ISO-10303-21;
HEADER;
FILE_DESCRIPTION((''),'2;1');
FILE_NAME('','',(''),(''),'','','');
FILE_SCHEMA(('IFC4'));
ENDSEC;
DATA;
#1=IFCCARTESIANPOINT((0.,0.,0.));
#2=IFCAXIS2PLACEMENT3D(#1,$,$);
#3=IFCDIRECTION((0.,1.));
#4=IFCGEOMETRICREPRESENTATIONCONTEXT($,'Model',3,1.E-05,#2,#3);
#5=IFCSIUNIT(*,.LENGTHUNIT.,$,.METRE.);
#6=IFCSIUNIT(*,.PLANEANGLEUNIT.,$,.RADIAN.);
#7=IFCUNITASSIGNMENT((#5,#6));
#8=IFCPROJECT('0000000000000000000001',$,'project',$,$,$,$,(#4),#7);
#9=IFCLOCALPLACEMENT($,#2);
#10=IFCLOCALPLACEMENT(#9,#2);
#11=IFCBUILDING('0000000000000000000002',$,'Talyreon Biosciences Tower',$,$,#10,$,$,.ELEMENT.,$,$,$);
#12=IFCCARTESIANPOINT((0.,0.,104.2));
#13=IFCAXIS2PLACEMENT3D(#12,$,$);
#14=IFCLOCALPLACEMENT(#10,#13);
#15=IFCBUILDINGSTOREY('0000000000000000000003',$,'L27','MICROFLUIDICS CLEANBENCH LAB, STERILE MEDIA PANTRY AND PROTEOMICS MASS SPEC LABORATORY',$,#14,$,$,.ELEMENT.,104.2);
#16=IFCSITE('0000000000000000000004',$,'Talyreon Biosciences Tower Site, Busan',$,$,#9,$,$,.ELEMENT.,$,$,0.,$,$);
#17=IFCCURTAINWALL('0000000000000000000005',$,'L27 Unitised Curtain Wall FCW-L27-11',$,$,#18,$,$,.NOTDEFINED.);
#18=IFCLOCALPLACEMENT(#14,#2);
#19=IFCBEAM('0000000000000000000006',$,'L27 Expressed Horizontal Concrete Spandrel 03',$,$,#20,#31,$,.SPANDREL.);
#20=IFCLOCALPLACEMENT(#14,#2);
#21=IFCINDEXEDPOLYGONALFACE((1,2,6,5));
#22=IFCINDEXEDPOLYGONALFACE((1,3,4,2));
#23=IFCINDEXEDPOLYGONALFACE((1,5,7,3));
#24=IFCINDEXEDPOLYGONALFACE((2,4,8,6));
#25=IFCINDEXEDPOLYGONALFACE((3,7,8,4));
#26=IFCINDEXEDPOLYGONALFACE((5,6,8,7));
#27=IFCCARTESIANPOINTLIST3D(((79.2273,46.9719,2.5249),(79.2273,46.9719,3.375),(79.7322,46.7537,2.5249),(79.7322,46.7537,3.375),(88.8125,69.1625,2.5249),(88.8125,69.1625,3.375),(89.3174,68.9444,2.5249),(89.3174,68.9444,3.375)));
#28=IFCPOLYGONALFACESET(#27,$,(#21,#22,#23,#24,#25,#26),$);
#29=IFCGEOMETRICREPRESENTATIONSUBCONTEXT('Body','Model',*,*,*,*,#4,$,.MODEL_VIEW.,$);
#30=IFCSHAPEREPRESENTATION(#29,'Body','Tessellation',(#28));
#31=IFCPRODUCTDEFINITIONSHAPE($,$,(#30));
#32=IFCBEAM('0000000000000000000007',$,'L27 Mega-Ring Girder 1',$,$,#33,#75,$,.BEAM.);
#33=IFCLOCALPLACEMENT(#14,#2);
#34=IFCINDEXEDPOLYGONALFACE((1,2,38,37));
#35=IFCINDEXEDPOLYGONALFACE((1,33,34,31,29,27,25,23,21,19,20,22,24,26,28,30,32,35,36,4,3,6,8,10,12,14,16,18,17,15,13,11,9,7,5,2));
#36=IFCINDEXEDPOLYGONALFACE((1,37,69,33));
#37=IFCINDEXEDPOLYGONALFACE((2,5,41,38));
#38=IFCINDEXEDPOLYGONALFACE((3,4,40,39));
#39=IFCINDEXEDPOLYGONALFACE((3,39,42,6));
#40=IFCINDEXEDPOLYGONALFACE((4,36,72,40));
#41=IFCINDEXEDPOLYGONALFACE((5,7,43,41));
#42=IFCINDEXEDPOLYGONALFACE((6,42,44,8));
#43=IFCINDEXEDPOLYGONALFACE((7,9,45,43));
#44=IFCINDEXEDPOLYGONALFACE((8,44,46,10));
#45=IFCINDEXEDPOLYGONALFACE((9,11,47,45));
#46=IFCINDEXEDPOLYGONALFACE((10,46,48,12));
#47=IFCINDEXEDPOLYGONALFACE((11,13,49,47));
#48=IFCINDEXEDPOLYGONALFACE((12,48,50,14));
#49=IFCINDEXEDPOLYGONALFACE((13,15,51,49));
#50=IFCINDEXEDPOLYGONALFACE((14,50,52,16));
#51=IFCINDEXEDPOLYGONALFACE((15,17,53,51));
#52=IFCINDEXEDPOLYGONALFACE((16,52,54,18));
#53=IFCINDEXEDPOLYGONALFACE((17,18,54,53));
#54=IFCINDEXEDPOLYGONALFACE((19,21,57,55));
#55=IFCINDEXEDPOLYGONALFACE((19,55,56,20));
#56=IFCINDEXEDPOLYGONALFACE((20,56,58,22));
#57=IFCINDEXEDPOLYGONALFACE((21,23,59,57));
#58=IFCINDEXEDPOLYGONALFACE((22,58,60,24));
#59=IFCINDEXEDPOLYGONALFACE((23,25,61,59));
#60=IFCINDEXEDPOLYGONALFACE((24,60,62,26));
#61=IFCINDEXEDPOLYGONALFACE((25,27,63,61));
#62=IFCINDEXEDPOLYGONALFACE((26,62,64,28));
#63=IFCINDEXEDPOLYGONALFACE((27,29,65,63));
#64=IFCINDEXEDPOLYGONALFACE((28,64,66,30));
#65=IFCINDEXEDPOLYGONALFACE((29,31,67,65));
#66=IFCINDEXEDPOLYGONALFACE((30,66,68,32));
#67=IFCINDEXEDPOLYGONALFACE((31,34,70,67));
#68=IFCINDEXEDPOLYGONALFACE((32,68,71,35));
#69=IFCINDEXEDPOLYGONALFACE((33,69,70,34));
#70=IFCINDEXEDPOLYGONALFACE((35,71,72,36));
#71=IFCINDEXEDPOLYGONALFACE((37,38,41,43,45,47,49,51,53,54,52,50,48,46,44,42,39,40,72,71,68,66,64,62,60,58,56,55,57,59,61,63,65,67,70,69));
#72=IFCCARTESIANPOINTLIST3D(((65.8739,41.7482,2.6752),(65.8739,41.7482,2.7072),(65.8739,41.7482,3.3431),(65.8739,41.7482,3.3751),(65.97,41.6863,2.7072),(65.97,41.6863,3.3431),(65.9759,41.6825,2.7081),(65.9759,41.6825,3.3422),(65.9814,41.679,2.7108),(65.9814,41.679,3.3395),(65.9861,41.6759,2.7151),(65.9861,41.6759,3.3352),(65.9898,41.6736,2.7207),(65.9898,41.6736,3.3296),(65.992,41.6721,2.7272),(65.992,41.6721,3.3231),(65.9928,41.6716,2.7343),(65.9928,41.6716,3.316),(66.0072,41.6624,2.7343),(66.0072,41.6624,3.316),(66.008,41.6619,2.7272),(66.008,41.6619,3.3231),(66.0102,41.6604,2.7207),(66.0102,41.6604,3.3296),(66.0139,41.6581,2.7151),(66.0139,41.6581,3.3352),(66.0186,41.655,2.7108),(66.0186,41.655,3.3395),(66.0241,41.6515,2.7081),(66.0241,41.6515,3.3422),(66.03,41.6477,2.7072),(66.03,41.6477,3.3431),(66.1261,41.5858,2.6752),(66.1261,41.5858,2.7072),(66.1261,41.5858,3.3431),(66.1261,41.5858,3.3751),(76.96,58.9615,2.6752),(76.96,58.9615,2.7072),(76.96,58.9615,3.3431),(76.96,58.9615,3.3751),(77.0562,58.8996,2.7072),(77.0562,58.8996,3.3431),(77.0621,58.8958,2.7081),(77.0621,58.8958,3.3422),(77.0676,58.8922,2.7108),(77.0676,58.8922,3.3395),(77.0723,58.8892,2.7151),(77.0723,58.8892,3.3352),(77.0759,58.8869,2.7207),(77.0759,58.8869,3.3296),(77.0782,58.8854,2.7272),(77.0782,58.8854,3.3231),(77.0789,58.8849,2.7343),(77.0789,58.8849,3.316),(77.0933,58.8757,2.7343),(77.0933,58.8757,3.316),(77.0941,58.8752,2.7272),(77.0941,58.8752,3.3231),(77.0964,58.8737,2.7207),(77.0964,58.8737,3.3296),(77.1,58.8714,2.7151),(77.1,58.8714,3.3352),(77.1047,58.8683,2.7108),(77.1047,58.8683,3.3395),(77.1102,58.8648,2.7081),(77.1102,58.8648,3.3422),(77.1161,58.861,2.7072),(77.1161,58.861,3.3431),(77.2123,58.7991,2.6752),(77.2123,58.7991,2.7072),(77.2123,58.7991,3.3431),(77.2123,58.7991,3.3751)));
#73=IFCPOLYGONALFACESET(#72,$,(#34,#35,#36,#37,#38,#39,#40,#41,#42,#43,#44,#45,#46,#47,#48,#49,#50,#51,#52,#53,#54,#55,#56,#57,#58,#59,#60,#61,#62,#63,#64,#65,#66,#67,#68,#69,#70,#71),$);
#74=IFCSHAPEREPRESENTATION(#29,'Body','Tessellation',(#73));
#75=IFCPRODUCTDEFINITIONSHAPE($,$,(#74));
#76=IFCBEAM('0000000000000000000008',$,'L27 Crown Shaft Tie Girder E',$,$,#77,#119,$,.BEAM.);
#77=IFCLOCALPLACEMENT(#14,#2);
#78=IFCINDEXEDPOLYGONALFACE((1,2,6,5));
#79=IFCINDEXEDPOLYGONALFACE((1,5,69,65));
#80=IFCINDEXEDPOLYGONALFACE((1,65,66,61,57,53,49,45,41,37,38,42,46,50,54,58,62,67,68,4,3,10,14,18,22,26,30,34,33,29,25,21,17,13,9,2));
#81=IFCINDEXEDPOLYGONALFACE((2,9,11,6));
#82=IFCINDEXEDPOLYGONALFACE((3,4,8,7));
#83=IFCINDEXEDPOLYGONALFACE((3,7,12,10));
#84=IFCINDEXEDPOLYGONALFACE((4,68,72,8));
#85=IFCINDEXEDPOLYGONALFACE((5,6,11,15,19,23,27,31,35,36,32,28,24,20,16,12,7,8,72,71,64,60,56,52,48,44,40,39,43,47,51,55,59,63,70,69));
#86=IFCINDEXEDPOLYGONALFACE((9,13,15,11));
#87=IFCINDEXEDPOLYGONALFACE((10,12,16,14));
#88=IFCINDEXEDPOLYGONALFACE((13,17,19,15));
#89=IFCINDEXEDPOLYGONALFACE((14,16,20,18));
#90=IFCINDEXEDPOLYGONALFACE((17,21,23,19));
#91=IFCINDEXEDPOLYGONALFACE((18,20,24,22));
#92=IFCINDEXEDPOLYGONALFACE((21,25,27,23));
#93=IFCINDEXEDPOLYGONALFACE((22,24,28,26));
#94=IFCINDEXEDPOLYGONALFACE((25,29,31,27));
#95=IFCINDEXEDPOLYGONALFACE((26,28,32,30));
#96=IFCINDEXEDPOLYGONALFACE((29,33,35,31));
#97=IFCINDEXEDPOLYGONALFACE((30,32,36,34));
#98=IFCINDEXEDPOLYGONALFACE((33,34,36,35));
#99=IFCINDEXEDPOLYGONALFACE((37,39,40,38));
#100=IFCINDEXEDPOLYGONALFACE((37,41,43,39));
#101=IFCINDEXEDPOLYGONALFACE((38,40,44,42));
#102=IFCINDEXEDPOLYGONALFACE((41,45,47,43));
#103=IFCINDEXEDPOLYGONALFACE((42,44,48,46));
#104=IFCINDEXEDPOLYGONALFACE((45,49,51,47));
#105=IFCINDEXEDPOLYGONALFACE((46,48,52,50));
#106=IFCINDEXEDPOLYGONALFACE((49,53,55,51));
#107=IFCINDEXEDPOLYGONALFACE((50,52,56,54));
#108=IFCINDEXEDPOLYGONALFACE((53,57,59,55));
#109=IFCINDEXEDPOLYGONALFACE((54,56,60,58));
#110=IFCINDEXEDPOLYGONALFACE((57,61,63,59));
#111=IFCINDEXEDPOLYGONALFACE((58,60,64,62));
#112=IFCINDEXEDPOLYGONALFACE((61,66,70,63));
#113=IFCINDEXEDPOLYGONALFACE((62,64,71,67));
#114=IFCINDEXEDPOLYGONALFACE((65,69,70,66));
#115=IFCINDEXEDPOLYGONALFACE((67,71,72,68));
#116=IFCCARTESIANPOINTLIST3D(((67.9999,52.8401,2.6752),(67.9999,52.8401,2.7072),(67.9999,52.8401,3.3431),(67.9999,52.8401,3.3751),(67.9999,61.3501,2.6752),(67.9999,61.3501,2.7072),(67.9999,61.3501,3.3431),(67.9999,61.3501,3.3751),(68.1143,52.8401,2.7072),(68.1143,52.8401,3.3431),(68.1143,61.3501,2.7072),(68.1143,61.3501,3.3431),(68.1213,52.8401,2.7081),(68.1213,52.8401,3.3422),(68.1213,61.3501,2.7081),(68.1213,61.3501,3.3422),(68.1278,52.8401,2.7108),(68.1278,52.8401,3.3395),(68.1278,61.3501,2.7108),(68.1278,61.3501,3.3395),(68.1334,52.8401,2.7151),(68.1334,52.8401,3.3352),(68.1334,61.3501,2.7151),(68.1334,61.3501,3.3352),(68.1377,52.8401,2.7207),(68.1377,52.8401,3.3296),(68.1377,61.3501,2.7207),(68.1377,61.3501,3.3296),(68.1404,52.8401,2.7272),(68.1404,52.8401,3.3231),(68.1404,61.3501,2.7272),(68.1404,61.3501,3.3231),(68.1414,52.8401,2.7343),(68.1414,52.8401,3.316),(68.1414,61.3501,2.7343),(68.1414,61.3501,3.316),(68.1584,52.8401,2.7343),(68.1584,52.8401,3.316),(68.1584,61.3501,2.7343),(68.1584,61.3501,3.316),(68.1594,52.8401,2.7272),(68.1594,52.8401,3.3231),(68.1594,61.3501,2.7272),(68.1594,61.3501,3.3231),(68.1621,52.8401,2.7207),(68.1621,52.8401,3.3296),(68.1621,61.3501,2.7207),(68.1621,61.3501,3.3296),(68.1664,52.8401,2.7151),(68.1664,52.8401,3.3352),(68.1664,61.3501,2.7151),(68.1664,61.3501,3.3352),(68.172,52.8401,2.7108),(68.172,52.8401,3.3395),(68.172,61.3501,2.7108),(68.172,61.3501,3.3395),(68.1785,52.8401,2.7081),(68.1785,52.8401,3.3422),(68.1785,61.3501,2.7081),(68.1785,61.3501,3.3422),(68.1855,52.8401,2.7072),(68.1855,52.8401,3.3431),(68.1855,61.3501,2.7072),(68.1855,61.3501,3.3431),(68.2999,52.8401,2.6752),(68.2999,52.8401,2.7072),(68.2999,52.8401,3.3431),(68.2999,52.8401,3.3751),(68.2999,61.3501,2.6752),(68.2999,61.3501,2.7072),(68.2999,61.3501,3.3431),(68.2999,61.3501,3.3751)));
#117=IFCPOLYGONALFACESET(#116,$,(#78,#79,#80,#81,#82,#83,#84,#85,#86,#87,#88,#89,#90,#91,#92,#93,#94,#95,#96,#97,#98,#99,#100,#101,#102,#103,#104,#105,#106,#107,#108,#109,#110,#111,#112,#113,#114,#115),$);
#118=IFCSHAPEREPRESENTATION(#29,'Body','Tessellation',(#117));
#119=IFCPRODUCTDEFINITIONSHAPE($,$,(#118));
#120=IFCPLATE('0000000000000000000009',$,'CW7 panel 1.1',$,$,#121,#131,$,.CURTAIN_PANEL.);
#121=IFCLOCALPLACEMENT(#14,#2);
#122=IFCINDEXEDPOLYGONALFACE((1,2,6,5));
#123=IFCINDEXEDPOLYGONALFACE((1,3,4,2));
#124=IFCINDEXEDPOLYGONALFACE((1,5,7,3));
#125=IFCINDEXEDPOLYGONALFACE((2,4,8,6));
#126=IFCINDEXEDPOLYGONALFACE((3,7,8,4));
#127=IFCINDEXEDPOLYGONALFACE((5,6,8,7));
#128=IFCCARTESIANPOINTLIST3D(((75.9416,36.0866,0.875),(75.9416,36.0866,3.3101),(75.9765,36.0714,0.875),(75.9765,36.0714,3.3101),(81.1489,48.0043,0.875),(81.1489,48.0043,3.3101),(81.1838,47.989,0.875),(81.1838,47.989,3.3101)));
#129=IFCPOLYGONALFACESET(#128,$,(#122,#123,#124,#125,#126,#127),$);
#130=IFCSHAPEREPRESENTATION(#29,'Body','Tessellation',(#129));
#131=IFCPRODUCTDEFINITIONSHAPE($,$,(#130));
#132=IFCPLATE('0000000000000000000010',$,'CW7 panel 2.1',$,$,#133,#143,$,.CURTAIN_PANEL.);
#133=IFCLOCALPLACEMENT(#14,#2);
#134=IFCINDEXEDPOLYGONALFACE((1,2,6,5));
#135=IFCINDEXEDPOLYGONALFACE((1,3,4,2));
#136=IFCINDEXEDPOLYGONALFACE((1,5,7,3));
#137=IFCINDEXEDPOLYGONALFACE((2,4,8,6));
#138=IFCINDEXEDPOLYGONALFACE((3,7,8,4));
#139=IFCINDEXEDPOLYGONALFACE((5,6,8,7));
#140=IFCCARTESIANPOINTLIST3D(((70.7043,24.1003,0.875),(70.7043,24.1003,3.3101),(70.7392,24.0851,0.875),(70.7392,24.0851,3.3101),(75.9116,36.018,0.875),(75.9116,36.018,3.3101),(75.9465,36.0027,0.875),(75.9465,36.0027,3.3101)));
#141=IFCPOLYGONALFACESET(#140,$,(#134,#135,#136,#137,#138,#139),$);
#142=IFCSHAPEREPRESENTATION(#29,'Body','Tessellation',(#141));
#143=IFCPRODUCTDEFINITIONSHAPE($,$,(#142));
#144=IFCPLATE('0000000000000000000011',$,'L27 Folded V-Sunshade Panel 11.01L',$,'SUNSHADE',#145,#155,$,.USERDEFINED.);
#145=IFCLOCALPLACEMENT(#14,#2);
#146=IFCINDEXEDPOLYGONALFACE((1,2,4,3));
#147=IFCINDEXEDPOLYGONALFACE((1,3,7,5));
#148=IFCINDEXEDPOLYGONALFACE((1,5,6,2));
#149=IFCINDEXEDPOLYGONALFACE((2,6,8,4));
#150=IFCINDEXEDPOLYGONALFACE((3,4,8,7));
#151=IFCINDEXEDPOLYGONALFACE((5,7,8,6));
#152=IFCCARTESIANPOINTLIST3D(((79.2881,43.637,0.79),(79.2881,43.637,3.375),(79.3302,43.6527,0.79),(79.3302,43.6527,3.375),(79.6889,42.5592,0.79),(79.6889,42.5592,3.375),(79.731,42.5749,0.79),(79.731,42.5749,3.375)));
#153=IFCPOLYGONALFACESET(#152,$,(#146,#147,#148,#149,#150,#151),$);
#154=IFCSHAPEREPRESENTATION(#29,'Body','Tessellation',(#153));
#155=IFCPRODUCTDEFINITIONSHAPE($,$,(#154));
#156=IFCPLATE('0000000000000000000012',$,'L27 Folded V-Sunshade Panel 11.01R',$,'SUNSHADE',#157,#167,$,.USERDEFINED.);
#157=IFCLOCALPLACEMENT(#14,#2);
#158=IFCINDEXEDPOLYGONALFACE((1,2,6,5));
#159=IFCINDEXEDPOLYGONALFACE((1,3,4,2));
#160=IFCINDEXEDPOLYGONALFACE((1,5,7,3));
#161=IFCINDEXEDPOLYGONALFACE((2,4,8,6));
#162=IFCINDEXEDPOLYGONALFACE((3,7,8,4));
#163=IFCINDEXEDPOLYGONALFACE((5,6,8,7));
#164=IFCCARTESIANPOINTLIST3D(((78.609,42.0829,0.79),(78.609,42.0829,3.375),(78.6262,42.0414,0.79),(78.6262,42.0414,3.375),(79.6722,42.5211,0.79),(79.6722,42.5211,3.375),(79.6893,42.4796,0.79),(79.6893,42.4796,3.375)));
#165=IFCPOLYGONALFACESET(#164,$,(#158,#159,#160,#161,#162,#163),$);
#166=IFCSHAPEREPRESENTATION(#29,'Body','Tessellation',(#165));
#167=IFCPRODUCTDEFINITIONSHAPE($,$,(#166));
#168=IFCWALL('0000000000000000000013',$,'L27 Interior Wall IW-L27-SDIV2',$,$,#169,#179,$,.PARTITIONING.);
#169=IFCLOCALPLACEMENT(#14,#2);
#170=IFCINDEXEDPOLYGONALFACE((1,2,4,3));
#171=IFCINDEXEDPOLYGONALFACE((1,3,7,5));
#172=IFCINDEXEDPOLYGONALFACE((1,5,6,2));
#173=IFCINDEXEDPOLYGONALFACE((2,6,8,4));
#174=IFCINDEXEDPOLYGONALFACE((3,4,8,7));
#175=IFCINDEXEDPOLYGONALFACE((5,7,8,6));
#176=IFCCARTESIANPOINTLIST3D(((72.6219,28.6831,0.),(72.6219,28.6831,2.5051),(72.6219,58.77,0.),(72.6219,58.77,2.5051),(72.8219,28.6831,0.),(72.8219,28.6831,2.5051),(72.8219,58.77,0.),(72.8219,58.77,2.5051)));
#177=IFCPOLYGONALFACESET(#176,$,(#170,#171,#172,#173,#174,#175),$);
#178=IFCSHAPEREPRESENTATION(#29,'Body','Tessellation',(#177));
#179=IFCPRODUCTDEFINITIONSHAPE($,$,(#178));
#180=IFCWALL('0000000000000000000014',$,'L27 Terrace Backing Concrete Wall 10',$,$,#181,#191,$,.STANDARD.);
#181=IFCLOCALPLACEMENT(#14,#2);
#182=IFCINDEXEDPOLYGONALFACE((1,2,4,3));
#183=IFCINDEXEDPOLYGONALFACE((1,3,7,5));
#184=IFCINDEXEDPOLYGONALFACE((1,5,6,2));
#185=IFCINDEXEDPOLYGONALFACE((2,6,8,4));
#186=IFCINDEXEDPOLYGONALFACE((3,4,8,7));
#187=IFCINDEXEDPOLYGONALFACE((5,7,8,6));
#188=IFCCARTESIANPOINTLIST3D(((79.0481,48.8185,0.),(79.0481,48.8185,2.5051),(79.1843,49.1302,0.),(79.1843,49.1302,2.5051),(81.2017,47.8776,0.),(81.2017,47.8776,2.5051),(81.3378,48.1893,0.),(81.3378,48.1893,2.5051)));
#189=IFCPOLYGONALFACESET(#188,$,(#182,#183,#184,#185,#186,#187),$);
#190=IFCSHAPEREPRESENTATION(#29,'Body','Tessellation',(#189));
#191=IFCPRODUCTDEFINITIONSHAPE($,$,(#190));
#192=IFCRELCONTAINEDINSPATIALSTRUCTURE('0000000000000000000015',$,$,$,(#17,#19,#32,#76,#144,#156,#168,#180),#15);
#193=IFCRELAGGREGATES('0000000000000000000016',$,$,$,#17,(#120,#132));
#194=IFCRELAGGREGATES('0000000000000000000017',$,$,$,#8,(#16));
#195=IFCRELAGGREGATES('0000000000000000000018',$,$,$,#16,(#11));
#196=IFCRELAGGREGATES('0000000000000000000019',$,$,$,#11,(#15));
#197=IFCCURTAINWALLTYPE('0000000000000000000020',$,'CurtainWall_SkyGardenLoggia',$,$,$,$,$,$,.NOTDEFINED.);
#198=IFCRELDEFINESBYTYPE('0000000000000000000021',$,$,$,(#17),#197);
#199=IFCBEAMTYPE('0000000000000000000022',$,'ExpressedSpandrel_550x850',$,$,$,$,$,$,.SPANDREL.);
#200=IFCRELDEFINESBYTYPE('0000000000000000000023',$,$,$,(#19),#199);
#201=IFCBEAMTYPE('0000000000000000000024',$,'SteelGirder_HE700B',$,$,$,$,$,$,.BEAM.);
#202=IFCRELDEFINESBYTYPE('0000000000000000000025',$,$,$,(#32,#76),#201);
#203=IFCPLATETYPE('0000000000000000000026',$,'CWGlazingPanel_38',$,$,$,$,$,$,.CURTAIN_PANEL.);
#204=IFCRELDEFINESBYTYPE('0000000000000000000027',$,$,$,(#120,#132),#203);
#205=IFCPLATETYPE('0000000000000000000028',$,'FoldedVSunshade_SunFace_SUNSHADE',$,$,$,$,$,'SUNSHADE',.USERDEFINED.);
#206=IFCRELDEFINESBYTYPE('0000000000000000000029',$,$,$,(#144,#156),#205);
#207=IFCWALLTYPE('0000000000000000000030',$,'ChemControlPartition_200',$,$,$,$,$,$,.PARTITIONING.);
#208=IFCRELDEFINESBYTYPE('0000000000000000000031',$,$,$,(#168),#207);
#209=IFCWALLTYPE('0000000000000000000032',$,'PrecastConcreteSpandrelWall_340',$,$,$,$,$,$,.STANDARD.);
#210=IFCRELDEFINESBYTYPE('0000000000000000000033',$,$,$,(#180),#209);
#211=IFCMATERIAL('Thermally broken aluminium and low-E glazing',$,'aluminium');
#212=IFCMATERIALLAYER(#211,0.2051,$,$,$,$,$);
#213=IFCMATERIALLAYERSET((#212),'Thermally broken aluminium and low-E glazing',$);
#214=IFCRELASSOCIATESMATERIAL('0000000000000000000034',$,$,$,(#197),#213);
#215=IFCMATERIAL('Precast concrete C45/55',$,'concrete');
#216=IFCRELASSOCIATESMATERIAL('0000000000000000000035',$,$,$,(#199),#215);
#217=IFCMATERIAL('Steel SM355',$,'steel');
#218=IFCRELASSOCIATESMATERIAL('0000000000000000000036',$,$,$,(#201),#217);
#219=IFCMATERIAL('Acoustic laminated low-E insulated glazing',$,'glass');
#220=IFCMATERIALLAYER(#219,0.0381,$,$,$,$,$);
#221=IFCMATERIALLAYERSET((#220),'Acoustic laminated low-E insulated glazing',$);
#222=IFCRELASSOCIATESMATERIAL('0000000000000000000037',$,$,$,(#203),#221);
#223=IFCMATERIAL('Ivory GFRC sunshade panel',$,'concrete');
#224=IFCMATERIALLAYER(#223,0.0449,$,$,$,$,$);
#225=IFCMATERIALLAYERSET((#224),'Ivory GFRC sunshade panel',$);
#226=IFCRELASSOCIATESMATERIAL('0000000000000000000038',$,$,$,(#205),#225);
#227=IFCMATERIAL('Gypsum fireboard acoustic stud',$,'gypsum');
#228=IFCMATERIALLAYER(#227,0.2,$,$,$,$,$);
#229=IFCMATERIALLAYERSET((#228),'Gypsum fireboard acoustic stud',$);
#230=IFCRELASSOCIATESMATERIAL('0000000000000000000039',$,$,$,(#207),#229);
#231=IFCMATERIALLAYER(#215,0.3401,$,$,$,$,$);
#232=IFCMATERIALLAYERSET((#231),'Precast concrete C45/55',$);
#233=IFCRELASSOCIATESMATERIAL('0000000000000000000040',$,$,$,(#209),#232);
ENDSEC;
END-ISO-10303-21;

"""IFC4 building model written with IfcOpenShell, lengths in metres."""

from ifc_helpers import new_model, si_unit, direction, frame, frame_2d, origin, origin_2d, place, context, subcontext, project, spatial, rectangle, i_section, extrude, material, layer, layer_set, material_profile, profile_set, type_object, element, aggregate, save


model = new_model("IFC4")

# Units and contexts
model_context = context("Model", 3, precision=1e-05, world=origin(), true_north=direction((0.0, 1.0)))
body_context = subcontext(model_context, "Body", "Model", "MODEL_VIEW")
ifc_project = project(units=[si_unit("LENGTHUNIT", "METRE"), si_unit("PLANEANGLEUNIT", "RADIAN")], contexts=[model_context])

# Site, building, storey
site_placement = place(None, origin())
site = spatial("IfcSite", under=ifc_project, at=site_placement, Name="Talyreon Biosciences Tower Site, Busan", CompositionType="ELEMENT", RefElevation=0.0)
building_placement = place(site_placement, origin())
building = spatial("IfcBuilding", under=site, at=building_placement, Name="Talyreon Biosciences Tower", CompositionType="ELEMENT")
storey_placement = place(building_placement, frame((0.0, 0.0, 104.2)))
storey = spatial("IfcBuildingStorey", under=building, at=storey_placement, Name="L27", Description="MICROFLUIDICS CLEANBENCH LAB, STERILE MEDIA PANTRY AND PROTEOMICS MASS SPEC LABORATORY", CompositionType="ELEMENT", Elevation=104.2)

# Shared definitions
ifc_material_1 = material(Name="Precast concrete C45/55", Category="concrete")

# Curtain wall
ifc_material_2 = material(Name="Thermally broken aluminium and low-E glazing", Category="aluminium")
ifc_layer_1 = layer(ifc_material_2, 0.2051)
ifc_layer_set_1 = layer_set([ifc_layer_1], Name="Thermally broken aluminium and low-E glazing")
curtain_wall_type = type_object("IfcCurtainWallType", Name="CurtainWall_SkyGardenLoggia", PredefinedType="NOTDEFINED", material=ifc_layer_set_1)
curtain_wall_placement = place(storey_placement, origin())
curtain_wall = element("IfcCurtainWall", 1, at=curtain_wall_placement, inside=storey, type_object=curtain_wall_type, Name="L27 Unitised Curtain Wall FCW-L27-11", PredefinedType="NOTDEFINED")

# Beams
ifc_material_profile_1 = material_profile(ifc_material_1, rectangle(XDim=0.55, YDim=0.8501, at=origin_2d()), Name="RCB 550x850")
ifc_profile_set_1 = profile_set([ifc_material_profile_1], Name="Precast concrete C45/55")
beam_type_1 = type_object("IfcBeamType", Name="ExpressedSpandrel_550x850", PredefinedType="SPANDREL", material=ifc_profile_set_1)
beam_1_placement = place(storey_placement, frame((79.4797, 46.8628, 2.95), z_axis=(0.396536, 0.918019, 0.0), x_axis=(-0.918019, 0.396536, 0.0)))
element("IfcBeam", 2, at=beam_1_placement, inside=storey, type_object=beam_type_1, Name="L27 Expressed Horizontal Concrete Spandrel 03", PredefinedType="SPANDREL", context=body_context, shape_type="SweptSolid", body=[
    extrude(rectangle(XDim=0.55, YDim=0.8501, at=origin_2d()), origin(), (0.0, 0.0, 1.0), 24.1724),
])
ifc_material_3 = material(Name="Steel SM355", Category="steel")
ifc_material_profile_2 = material_profile(ifc_material_3, i_section(OverallWidth=0.3, OverallDepth=0.7, WebThickness=0.0171, FlangeThickness=0.032, FilletRadius=0.0271, at=origin_2d()), Name="HE700B")
ifc_profile_set_2 = profile_set([ifc_material_profile_2], Name="Steel SM355")
beam_type_2 = type_object("IfcBeamType", Name="SteelGirder_HE700B", PredefinedType="BEAM", material=ifc_profile_set_2)
beam_2_placement = place(storey_placement, frame((66.0, 41.667, 3.0251), z_axis=(0.541464, 0.840724, 0.0), x_axis=(-0.840724, 0.541464, 0.0)))
element("IfcBeam", 3, at=beam_2_placement, inside=storey, type_object=beam_type_2, Name="L27 Mega-Ring Girder 1", PredefinedType="BEAM", context=body_context, shape_type="SweptSolid", body=[
    extrude(i_section(OverallWidth=0.3, OverallDepth=0.7, WebThickness=0.0171, FlangeThickness=0.032, FilletRadius=0.0271, at=origin_2d()), origin(), (0.0, 0.0, 1.0), 20.4744),
])
beam_3_placement = place(storey_placement, frame((68.1499, 52.8401, 3.0251), z_axis=(0.0, 1.0, 0.0), x_axis=(-1.0, 0.0, 0.0)))
element("IfcBeam", 4, at=beam_3_placement, inside=storey, type_object=beam_type_2, Name="L27 Crown Shaft Tie Girder E", PredefinedType="BEAM", context=body_context, shape_type="SweptSolid", body=[
    extrude(i_section(OverallWidth=0.3, OverallDepth=0.7, WebThickness=0.0171, FlangeThickness=0.032, FilletRadius=0.0271, at=origin_2d()), origin(), (0.0, 0.0, 1.0), 8.51),
])

# Plates
ifc_material_4 = material(Name="Acoustic laminated low-E insulated glazing", Category="glass")
ifc_layer_2 = layer(ifc_material_4, 0.0381)
ifc_layer_set_2 = layer_set([ifc_layer_2], Name="Acoustic laminated low-E insulated glazing")
plate_type_1 = type_object("IfcPlateType", Name="CWGlazingPanel_38", PredefinedType="CURTAIN_PANEL", material=ifc_layer_set_2)
plate_1_placement = place(storey_placement, frame((78.5627, 42.0378, 0.875), z_axis=(0.0, 0.0, 1.0), x_axis=(-0.400388, -0.916346, 0.0)))
plate_1 = element("IfcPlate", 5, at=plate_1_placement, type_object=plate_type_1, Name="CW7 panel 1.1", PredefinedType="CURTAIN_PANEL", context=body_context, shape_type="SweptSolid", body=[
    extrude(rectangle(XDim=13.0056, YDim=0.0381, at=origin_2d()), origin(), (0.0, 0.0, 1.0), 2.4351),
])
plate_2_placement = place(storey_placement, frame((73.3254, 30.0515, 0.875), z_axis=(0.0, 0.0, 1.0), x_axis=(-0.400388, -0.916346, 0.0)))
plate_2 = element("IfcPlate", 6, at=plate_2_placement, type_object=plate_type_1, Name="CW7 panel 2.1", PredefinedType="CURTAIN_PANEL", context=body_context, shape_type="SweptSolid", body=[
    extrude(rectangle(XDim=13.0056, YDim=0.0381, at=origin_2d()), origin(), (0.0, 0.0, 1.0), 2.4351),
])
aggregate(curtain_wall, [plate_1, plate_2])

# Plates
ifc_material_5 = material(Name="Ivory GFRC sunshade panel", Category="concrete")
ifc_layer_3 = layer(ifc_material_5, 0.0449)
ifc_layer_set_3 = layer_set([ifc_layer_3], Name="Ivory GFRC sunshade panel")
plate_type_2 = type_object("IfcPlateType", Name="FoldedVSunshade_SunFace_SUNSHADE", ElementType="SUNSHADE", PredefinedType="USERDEFINED", material=ifc_layer_set_3)
for number, where, z_axis, x_axis, name in (
    (7, (79.5095, 43.106, 0.79), (0.0, 0.0, 1.0), (0.348539, -0.937294, 0.0), "L27 Folded V-Sunshade Panel 11.01L"),
    (8, (79.1492, 42.2812, 0.79), (0.0, 0.0, 1.0), (-0.924559, -0.381038, 0.0), "L27 Folded V-Sunshade Panel 11.01R"),
):
    element("IfcPlate", number, at=place(storey_placement, frame(where, z_axis=z_axis, x_axis=x_axis)), inside=storey, type_object=plate_type_2, Name=name, ObjectType="SUNSHADE", PredefinedType="USERDEFINED", context=body_context, shape_type="SweptSolid", body=[
        extrude(rectangle(XDim=1.1499, YDim=0.0449, at=origin_2d()), origin(), (0.0, 0.0, 1.0), 2.585),
    ])

# Walls
ifc_material_6 = material(Name="Gypsum fireboard acoustic stud", Category="gypsum")
ifc_layer_4 = layer(ifc_material_6, 0.2)
ifc_layer_set_4 = layer_set([ifc_layer_4], Name="Gypsum fireboard acoustic stud")
wall_type_1 = type_object("IfcWallType", Name="ChemControlPartition_200", PredefinedType="PARTITIONING", material=ifc_layer_set_4)
wall_1_placement = place(storey_placement, frame((72.7219, 28.6831, 0.0), z_axis=(0.0, 0.0, 1.0), x_axis=(0.0, 1.0, 0.0)))
element("IfcWall", 9, at=wall_1_placement, inside=storey, type_object=wall_type_1, Name="L27 Interior Wall IW-L27-SDIV2", PredefinedType="PARTITIONING", context=body_context, shape_type="SweptSolid", body=[
    extrude(rectangle(XDim=30.0869, YDim=0.2, at=frame_2d((15.0435, 0.0))), origin(), (0.0, 0.0, 1.0), 2.5051),
])
ifc_layer_5 = layer(ifc_material_1, 0.3401)
ifc_layer_set_5 = layer_set([ifc_layer_5], Name="Precast concrete C45/55")
wall_type_2 = type_object("IfcWallType", Name="PrecastConcreteSpandrelWall_340", PredefinedType="STANDARD", material=ifc_layer_set_5)
wall_2_placement = place(storey_placement, frame((79.1162, 48.9744, 0.0), z_axis=(0.0, 0.0, 1.0), x_axis=(0.916355, -0.400366, 0.0)))
element("IfcWall", 10, at=wall_2_placement, inside=storey, type_object=wall_type_2, Name="L27 Terrace Backing Concrete Wall 10", PredefinedType="STANDARD", context=body_context, shape_type="SweptSolid", body=[
    extrude(rectangle(XDim=2.3501, YDim=0.3401, at=frame_2d((1.175, 0.0))), origin(), (0.0, 0.0, 1.0), 2.5051),
])

save(model, "model.ifc")
